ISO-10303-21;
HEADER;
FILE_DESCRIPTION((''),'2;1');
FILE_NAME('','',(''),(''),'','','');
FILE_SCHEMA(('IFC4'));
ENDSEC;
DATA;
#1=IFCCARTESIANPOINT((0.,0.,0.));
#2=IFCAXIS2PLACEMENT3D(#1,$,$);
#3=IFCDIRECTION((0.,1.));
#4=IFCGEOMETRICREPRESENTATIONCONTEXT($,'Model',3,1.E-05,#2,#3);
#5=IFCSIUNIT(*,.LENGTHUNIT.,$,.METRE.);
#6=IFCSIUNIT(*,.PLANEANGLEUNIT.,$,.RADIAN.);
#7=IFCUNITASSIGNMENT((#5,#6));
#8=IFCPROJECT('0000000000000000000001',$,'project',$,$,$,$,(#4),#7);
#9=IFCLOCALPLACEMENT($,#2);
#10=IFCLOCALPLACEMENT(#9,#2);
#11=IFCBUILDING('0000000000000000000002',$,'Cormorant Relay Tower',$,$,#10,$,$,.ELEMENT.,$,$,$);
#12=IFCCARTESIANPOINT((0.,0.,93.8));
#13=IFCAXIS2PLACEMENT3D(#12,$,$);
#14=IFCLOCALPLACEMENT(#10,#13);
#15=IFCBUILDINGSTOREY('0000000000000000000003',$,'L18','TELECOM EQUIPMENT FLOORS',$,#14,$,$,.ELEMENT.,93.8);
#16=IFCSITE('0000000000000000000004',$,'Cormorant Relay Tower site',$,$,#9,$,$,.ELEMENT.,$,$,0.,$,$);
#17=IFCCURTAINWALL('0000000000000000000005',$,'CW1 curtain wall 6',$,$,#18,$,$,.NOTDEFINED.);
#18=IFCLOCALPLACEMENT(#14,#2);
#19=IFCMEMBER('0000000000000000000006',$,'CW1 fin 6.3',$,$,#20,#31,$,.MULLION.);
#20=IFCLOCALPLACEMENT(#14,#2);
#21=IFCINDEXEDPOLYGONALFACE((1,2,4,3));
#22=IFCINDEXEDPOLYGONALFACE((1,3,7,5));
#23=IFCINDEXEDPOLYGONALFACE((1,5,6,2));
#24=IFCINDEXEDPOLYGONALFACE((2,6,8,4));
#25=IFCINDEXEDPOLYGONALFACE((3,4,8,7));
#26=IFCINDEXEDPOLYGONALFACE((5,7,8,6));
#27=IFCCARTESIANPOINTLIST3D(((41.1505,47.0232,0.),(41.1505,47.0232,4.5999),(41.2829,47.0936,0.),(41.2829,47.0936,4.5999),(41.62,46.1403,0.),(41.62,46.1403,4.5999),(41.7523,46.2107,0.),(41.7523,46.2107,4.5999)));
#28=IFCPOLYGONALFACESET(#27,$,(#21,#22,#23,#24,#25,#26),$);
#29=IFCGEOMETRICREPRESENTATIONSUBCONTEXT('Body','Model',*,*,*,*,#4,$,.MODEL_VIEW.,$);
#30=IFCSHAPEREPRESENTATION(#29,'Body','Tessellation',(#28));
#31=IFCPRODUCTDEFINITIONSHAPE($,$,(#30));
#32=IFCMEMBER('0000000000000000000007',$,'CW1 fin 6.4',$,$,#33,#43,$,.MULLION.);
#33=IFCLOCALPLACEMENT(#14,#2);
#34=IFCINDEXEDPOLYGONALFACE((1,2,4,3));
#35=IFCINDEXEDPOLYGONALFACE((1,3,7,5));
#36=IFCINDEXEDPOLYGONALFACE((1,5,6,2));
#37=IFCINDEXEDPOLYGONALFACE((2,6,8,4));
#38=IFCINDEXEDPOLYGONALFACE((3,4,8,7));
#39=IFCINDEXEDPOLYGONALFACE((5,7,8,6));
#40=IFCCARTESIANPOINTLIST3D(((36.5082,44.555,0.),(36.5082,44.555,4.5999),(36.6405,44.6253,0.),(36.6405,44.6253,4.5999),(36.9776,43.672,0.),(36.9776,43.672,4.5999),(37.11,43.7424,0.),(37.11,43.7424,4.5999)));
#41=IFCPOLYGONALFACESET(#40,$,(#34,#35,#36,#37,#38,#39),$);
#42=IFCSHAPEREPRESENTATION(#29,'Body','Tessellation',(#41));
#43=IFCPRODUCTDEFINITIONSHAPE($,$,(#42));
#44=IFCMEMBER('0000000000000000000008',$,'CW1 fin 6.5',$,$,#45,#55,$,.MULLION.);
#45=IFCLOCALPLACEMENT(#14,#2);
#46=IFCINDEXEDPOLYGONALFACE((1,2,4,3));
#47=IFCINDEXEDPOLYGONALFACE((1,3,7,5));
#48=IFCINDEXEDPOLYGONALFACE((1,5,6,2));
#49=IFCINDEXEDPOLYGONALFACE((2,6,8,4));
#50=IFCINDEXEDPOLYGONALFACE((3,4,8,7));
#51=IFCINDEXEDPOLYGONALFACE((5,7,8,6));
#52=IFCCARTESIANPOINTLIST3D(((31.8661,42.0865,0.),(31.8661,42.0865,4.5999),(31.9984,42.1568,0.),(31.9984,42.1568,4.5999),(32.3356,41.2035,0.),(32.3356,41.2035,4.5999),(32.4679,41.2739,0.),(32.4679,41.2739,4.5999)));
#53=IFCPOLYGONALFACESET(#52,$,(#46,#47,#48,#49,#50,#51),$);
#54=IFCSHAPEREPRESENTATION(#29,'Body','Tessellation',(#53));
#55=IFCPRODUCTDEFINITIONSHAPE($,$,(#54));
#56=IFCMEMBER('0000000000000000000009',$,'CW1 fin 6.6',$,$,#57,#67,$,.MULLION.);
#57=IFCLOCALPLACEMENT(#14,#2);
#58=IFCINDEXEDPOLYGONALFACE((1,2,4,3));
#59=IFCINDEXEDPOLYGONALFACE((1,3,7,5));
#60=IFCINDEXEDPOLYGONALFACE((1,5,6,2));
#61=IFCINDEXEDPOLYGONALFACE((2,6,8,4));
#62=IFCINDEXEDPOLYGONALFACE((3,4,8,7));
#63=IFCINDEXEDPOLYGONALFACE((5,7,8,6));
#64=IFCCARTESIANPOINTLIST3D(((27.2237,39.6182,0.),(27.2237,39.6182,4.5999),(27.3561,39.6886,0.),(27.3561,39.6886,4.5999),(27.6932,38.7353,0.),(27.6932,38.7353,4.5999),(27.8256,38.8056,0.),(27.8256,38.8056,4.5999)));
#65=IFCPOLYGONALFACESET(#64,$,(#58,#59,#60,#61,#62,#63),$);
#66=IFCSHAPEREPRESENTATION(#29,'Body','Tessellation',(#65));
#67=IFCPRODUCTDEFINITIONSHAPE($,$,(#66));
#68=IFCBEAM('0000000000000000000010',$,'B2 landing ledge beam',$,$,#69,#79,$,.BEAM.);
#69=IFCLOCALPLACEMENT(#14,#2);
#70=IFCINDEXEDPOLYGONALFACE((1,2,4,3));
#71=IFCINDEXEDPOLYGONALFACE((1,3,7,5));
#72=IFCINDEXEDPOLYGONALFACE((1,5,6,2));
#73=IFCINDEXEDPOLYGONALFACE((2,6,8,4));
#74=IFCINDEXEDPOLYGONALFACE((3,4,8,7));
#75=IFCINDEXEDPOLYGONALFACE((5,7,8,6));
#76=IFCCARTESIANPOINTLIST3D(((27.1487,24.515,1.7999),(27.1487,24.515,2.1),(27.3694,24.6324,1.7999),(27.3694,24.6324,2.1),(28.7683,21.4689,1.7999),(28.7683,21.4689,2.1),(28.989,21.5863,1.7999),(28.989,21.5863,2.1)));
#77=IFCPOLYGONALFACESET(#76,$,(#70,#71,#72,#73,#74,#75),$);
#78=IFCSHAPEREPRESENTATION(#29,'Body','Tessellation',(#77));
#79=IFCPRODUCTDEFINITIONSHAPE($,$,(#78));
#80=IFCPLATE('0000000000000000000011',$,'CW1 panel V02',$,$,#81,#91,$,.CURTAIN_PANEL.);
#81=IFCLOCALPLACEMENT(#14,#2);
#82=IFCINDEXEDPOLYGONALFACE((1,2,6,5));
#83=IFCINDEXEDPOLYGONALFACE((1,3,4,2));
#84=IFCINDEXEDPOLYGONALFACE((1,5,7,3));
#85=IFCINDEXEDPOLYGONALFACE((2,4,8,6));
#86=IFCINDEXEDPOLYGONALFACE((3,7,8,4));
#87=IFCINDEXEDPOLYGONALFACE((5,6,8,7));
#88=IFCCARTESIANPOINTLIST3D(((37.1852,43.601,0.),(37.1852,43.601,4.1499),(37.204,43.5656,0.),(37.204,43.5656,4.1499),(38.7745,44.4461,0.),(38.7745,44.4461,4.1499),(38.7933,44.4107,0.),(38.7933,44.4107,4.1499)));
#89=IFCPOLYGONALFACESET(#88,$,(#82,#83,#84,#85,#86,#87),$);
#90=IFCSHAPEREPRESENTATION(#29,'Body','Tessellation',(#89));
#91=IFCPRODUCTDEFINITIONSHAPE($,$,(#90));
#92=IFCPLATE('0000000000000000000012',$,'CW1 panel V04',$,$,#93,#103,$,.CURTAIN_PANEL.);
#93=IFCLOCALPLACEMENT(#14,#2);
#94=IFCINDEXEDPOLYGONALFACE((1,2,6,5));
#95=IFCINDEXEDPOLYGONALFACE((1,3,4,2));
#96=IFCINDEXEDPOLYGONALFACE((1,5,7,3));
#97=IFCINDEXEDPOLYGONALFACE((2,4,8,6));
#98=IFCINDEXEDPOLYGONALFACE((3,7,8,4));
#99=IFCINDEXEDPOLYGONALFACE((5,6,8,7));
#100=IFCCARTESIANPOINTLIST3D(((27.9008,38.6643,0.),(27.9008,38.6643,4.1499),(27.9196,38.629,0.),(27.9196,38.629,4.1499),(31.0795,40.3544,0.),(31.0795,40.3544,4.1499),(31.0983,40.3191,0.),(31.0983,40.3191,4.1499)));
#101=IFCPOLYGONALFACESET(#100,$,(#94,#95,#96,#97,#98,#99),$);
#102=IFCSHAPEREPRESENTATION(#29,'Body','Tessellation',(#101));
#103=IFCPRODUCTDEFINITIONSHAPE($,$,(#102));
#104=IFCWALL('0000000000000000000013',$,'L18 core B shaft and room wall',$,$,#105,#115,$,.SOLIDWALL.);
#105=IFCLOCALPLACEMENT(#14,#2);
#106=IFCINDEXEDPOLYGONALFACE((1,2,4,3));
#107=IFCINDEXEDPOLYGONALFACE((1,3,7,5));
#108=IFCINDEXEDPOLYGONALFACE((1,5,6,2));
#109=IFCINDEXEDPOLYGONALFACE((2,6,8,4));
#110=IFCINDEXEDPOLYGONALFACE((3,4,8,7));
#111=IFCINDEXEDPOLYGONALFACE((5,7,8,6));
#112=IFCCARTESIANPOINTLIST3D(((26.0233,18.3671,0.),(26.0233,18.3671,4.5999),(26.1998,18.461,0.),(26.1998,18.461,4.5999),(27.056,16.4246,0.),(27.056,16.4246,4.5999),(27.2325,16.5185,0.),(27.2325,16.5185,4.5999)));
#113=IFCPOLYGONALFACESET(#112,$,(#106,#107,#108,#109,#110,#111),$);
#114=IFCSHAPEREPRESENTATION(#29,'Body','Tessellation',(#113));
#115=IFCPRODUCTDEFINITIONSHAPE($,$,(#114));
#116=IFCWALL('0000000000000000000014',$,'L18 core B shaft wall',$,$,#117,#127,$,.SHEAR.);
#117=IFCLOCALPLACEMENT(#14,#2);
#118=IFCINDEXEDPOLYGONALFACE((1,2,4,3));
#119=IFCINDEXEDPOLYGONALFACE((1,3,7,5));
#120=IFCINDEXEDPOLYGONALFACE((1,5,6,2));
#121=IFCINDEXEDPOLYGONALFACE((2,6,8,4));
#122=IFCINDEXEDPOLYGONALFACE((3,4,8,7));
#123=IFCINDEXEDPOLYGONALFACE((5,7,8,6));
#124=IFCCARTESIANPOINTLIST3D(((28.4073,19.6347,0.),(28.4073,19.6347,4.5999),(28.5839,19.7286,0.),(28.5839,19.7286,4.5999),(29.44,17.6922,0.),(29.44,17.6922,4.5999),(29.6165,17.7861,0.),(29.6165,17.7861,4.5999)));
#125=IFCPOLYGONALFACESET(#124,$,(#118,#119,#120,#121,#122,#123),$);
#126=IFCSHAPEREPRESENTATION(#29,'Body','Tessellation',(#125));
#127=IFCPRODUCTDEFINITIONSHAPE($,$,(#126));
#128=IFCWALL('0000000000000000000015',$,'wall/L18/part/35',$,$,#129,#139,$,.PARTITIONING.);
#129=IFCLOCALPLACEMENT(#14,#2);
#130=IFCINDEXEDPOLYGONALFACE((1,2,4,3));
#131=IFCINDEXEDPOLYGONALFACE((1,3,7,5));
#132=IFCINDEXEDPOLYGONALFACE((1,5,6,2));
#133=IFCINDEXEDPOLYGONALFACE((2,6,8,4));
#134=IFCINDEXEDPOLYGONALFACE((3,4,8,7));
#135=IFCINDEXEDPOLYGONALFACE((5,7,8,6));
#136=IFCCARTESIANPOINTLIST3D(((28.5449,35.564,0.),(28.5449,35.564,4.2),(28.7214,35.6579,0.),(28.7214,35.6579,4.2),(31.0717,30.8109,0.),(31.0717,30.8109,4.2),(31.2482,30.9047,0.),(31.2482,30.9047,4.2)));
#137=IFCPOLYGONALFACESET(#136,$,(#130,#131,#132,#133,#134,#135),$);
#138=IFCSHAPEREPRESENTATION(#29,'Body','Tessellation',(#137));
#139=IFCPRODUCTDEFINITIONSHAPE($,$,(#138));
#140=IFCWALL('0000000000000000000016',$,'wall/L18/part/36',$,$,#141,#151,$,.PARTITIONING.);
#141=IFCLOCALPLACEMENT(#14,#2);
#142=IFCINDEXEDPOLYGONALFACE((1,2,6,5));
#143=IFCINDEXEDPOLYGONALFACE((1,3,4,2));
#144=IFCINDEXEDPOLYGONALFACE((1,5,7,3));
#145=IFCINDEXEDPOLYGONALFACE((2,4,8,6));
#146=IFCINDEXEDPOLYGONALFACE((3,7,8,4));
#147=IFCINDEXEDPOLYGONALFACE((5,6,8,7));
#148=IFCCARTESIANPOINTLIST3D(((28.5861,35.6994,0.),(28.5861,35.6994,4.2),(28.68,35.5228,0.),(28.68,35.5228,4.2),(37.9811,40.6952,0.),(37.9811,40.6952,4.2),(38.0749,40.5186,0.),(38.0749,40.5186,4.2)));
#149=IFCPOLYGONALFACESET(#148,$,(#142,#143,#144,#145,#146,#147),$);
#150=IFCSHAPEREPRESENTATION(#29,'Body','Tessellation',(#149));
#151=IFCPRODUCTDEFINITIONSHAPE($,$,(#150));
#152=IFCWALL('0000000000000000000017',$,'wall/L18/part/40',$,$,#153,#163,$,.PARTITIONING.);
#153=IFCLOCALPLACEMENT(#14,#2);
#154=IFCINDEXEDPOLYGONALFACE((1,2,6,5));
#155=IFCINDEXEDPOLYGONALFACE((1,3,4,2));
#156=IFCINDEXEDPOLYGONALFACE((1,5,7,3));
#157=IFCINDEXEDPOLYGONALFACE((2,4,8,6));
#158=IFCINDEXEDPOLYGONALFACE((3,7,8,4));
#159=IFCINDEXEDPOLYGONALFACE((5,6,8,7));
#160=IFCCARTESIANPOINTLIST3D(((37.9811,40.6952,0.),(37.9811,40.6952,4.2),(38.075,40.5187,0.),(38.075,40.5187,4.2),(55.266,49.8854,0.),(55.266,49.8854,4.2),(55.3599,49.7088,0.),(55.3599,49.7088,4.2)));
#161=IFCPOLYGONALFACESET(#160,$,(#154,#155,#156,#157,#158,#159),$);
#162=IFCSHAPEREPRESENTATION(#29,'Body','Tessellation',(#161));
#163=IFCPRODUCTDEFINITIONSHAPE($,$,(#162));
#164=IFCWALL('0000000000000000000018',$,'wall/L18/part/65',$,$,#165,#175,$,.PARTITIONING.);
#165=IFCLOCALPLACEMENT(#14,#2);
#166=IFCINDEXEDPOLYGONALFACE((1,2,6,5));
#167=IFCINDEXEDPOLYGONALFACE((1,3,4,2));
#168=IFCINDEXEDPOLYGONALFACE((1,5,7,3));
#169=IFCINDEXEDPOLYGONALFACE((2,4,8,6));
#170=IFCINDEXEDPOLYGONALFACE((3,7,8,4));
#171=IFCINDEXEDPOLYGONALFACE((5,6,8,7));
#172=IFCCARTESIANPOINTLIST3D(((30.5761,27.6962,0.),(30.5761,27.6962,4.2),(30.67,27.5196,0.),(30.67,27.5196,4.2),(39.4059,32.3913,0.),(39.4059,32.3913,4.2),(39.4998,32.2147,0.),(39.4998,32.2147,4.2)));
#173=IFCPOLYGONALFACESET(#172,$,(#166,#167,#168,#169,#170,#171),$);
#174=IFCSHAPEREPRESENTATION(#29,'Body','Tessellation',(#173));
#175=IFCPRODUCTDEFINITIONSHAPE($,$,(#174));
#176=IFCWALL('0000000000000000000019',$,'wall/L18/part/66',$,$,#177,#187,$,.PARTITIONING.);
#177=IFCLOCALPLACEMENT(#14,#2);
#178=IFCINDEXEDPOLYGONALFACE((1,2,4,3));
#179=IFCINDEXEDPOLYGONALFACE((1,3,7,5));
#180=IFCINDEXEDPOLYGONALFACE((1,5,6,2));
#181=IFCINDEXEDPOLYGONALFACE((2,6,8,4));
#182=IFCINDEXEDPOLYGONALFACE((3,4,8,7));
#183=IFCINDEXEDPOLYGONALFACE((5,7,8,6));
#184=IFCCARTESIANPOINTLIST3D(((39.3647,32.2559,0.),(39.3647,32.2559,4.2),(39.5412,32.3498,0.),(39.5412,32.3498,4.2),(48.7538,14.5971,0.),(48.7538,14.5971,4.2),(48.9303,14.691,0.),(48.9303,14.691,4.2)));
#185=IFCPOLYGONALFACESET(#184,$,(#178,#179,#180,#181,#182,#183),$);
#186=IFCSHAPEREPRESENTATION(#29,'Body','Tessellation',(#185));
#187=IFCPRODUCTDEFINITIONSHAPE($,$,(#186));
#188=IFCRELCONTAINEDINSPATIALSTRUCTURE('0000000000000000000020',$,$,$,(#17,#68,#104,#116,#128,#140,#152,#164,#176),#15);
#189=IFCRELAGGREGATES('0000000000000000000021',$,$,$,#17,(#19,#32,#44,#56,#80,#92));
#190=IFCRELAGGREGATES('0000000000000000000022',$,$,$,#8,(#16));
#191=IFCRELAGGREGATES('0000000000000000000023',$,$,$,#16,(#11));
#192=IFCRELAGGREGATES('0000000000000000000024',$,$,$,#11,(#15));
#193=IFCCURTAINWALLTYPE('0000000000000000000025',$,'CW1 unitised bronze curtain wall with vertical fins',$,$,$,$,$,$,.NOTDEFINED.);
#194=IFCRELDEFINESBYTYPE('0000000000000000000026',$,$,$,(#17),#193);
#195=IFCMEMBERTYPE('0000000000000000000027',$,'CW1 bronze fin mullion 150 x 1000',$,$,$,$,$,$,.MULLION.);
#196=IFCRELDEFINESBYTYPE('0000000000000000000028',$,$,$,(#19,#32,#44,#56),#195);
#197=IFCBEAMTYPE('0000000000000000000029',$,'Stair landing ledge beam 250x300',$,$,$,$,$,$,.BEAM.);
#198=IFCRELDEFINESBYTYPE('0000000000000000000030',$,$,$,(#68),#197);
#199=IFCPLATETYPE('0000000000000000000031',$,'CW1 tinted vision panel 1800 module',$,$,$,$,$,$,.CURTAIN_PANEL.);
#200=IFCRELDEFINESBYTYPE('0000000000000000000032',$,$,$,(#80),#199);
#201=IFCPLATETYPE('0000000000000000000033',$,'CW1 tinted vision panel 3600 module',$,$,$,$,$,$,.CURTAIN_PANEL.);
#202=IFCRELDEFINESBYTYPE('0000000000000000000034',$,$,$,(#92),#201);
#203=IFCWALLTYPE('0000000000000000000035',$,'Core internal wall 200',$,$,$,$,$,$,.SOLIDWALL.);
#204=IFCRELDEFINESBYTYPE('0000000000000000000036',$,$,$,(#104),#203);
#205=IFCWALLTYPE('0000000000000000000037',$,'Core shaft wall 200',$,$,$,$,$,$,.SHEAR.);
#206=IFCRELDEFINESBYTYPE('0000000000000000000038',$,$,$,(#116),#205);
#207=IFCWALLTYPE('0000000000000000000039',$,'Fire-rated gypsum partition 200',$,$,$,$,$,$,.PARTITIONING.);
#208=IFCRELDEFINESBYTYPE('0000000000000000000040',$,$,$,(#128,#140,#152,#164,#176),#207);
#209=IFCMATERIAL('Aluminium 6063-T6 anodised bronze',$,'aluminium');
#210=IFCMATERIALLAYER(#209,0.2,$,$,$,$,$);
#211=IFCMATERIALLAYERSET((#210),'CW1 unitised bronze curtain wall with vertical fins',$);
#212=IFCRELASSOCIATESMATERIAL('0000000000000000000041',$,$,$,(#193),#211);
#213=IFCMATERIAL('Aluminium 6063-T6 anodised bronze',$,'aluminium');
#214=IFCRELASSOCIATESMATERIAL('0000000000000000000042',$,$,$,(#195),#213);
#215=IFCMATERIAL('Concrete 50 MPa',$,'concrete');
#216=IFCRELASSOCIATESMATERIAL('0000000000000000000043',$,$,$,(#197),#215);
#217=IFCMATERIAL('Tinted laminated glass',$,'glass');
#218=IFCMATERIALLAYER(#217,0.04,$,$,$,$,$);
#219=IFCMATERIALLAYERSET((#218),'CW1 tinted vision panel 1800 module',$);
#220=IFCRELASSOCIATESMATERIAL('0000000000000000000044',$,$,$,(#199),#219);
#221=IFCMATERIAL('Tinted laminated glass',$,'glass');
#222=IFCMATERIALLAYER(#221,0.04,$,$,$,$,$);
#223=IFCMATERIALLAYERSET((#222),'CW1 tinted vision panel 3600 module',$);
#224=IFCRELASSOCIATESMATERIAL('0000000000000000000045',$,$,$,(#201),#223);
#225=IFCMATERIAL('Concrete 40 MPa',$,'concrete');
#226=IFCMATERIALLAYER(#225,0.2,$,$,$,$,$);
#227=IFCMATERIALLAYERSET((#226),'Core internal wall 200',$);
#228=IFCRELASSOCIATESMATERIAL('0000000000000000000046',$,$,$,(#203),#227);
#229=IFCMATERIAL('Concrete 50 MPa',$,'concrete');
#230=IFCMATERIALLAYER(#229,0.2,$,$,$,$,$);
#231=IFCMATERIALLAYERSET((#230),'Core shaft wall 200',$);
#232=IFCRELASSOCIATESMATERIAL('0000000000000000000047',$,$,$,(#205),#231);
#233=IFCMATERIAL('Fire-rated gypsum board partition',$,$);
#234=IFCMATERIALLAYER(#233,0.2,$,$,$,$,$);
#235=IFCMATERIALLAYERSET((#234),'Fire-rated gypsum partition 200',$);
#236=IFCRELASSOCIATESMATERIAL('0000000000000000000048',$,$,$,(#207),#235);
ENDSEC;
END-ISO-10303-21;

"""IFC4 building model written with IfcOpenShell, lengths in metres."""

from ifc_helpers import new_model, si_unit, direction, frame, frame_2d, origin, origin_2d, place, context, subcontext, project, spatial, rectangle, extrude, material, layer, layer_set, material_profile, profile_set, type_object, element, aggregate, save


model = new_model("IFC4")

# Units and contexts
model_context = context("Model", 3, precision=1e-05, world=origin(), true_north=direction((0.0, 1.0)))
body_context = subcontext(model_context, "Body", "Model", "MODEL_VIEW")
ifc_project = project(units=[si_unit("LENGTHUNIT", "METRE"), si_unit("PLANEANGLEUNIT", "RADIAN")], contexts=[model_context])

# Site, building, storey
site_placement = place(None, origin())
site = spatial("IfcSite", under=ifc_project, at=site_placement, Name="Cormorant Relay Tower site", CompositionType="ELEMENT", RefElevation=0.0)
building_placement = place(site_placement, origin())
building = spatial("IfcBuilding", under=site, at=building_placement, Name="Cormorant Relay Tower", CompositionType="ELEMENT")
storey_placement = place(building_placement, frame((0.0, 0.0, 93.8)))
storey = spatial("IfcBuildingStorey", under=building, at=storey_placement, Name="L18", Description="TELECOM EQUIPMENT FLOORS", CompositionType="ELEMENT", Elevation=93.8)

# Curtain wall, members
ifc_material_1 = material(Name="Aluminium 6063-T6 anodised bronze", Category="aluminium")
ifc_layer_1 = layer(ifc_material_1, 0.2)
ifc_layer_set_1 = layer_set([ifc_layer_1], Name="CW1 unitised bronze curtain wall with vertical fins")
curtain_wall_type = type_object("IfcCurtainWallType", Name="CW1 unitised bronze curtain wall with vertical fins", PredefinedType="NOTDEFINED", material=ifc_layer_set_1)
curtain_wall_placement = place(storey_placement, origin())
curtain_wall = element("IfcCurtainWall", 1, at=curtain_wall_placement, inside=storey, type_object=curtain_wall_type, Name="CW1 curtain wall 6", PredefinedType="NOTDEFINED")
ifc_material_2 = material(Name="Aluminium 6063-T6 anodised bronze", Category="aluminium")
ifc_material_profile_1 = material_profile(ifc_material_2, rectangle(XDim=0.1499, YDim=1.0, at=origin_2d()), Name="AL 150x1000")
ifc_profile_set_1 = profile_set([ifc_material_profile_1], Name="Aluminium 6063-T6 anodised bronze")
member_type = type_object("IfcMemberType", Name="CW1 bronze fin mullion 150 x 1000", PredefinedType="MULLION", material=ifc_profile_set_1)
member_1_placement = place(storey_placement, frame((41.4514, 46.6169, 0.0), z_axis=(0.0, 0.0, 1.0), x_axis=(-0.882948, -0.469472, 0.0)))
member_1 = element("IfcMember", 2, at=member_1_placement, type_object=member_type, Name="CW1 fin 6.3", PredefinedType="MULLION", context=body_context, shape_type="SweptSolid", body=[
    extrude(rectangle(XDim=0.1499, YDim=1.0, at=origin_2d()), origin(), (0.0, 0.0, 1.0), 4.5999),
])
member_2_placement = place(storey_placement, frame((36.8091, 44.1487, 0.0), z_axis=(0.0, 0.0, 1.0), x_axis=(-0.882948, -0.469472, 0.0)))
member_2 = element("IfcMember", 3, at=member_2_placement, type_object=member_type, Name="CW1 fin 6.4", PredefinedType="MULLION", context=body_context, shape_type="SweptSolid", body=[
    extrude(rectangle(XDim=0.1499, YDim=1.0, at=origin_2d()), origin(), (0.0, 0.0, 1.0), 4.5999),
])
member_3_placement = place(storey_placement, frame((32.167, 41.6802, 0.0), z_axis=(0.0, 0.0, 1.0), x_axis=(-0.882948, -0.469472, 0.0)))
member_3 = element("IfcMember", 4, at=member_3_placement, type_object=member_type, Name="CW1 fin 6.5", PredefinedType="MULLION", context=body_context, shape_type="SweptSolid", body=[
    extrude(rectangle(XDim=0.1499, YDim=1.0, at=origin_2d()), origin(), (0.0, 0.0, 1.0), 4.5999),
])
member_4_placement = place(storey_placement, frame((27.5247, 39.2119, 0.0), z_axis=(0.0, 0.0, 1.0), x_axis=(-0.882948, -0.469472, 0.0)))
member_4 = element("IfcMember", 5, at=member_4_placement, type_object=member_type, Name="CW1 fin 6.6", PredefinedType="MULLION", context=body_context, shape_type="SweptSolid", body=[
    extrude(rectangle(XDim=0.1499, YDim=1.0, at=origin_2d()), origin(), (0.0, 0.0, 1.0), 4.5999),
])

# Beam
ifc_material_3 = material(Name="Concrete 50 MPa", Category="concrete")
ifc_material_profile_2 = material_profile(ifc_material_3, rectangle(XDim=0.25, YDim=0.3, at=origin_2d()), Name="RC 250x300")
ifc_profile_set_2 = profile_set([ifc_material_profile_2], Name="Concrete 50 MPa")
beam_type = type_object("IfcBeamType", Name="Stair landing ledge beam 250x300", PredefinedType="BEAM", material=ifc_profile_set_2)
beam_placement = place(storey_placement, frame((28.8787, 21.5276, 1.95), z_axis=(-0.469464, 0.882952, 0.0), x_axis=(-0.882952, -0.469464, 0.0)))
element("IfcBeam", 6, at=beam_placement, inside=storey, type_object=beam_type, Name="B2 landing ledge beam", PredefinedType="BEAM", context=body_context, shape_type="SweptSolid", body=[
    extrude(rectangle(XDim=0.25, YDim=0.3, at=origin_2d()), origin(), (0.0, 0.0, 1.0), 3.45),
])

# Plates
ifc_material_4 = material(Name="Tinted laminated glass", Category="glass")
ifc_layer_2 = layer(ifc_material_4, 0.04)
ifc_layer_set_2 = layer_set([ifc_layer_2], Name="CW1 tinted vision panel 1800 module")
plate_type_1 = type_object("IfcPlateType", Name="CW1 tinted vision panel 1800 module", PredefinedType="CURTAIN_PANEL", material=ifc_layer_set_2)
plate_1_placement = place(storey_placement, frame((37.9893, 44.0059, 0.0), z_axis=(0.0, 0.0, 1.0), x_axis=(-0.882948, -0.469472, 0.0)))
plate_1 = element("IfcPlate", 7, at=plate_1_placement, type_object=plate_type_1, Name="CW1 panel V02", PredefinedType="CURTAIN_PANEL", context=body_context, shape_type="SweptSolid", body=[
    extrude(rectangle(XDim=1.8, YDim=0.04, at=origin_2d()), origin(), (0.0, 0.0, 1.0), 4.1499),
])
ifc_material_5 = material(Name="Tinted laminated glass", Category="glass")
ifc_layer_3 = layer(ifc_material_5, 0.04)
ifc_layer_set_3 = layer_set([ifc_layer_3], Name="CW1 tinted vision panel 3600 module")
plate_type_2 = type_object("IfcPlateType", Name="CW1 tinted vision panel 3600 module", PredefinedType="CURTAIN_PANEL", material=ifc_layer_set_3)
plate_2_placement = place(storey_placement, frame((29.4995, 39.4917, 0.0), z_axis=(0.0, 0.0, 1.0), x_axis=(-0.882948, -0.469472, 0.0)))
plate_2 = element("IfcPlate", 8, at=plate_2_placement, type_object=plate_type_2, Name="CW1 panel V04", PredefinedType="CURTAIN_PANEL", context=body_context, shape_type="SweptSolid", body=[
    extrude(rectangle(XDim=3.6001, YDim=0.04, at=origin_2d()), origin(), (0.0, 0.0, 1.0), 4.1499),
])

# Walls
ifc_material_6 = material(Name="Concrete 40 MPa", Category="concrete")
ifc_layer_4 = layer(ifc_material_6, 0.2)
ifc_layer_set_4 = layer_set([ifc_layer_4], Name="Core internal wall 200")
wall_type_1 = type_object("IfcWallType", Name="Core internal wall 200", PredefinedType="SOLIDWALL", material=ifc_layer_set_4)
wall_1_placement = place(storey_placement, frame((27.1443, 16.4714, 0.0), z_axis=(0.0, 0.0, 1.0), x_axis=(-0.469401, 0.882985, 0.0)))
element("IfcWall", 9, at=wall_1_placement, inside=storey, type_object=wall_type_1, Name="L18 core B shaft and room wall", PredefinedType="SOLIDWALL", context=body_context, shape_type="SweptSolid", body=[
    extrude(rectangle(XDim=2.2, YDim=0.2, at=frame_2d((1.1001, 0.0))), origin(), (0.0, 0.0, 1.0), 4.5999),
])
ifc_material_7 = material(Name="Concrete 50 MPa", Category="concrete")
ifc_layer_5 = layer(ifc_material_7, 0.2)
ifc_layer_set_5 = layer_set([ifc_layer_5], Name="Core shaft wall 200")
wall_type_2 = type_object("IfcWallType", Name="Core shaft wall 200", PredefinedType="SHEAR", material=ifc_layer_set_5)
wall_2_placement = place(storey_placement, frame((29.5283, 17.739, 0.0), z_axis=(0.0, 0.0, 1.0), x_axis=(-0.469401, 0.882985, 0.0)))
element("IfcWall", 10, at=wall_2_placement, inside=storey, type_object=wall_type_2, Name="L18 core B shaft wall", PredefinedType="SHEAR", context=body_context, shape_type="SweptSolid", body=[
    extrude(rectangle(XDim=2.2, YDim=0.2, at=frame_2d((1.1001, 0.0))), origin(), (0.0, 0.0, 1.0), 4.5999),
])
ifc_material_8 = material(Name="Fire-rated gypsum board partition")
ifc_layer_6 = layer(ifc_material_8, 0.2)
ifc_layer_set_6 = layer_set([ifc_layer_6], Name="Fire-rated gypsum partition 200")
wall_type_3 = type_object("IfcWallType", Name="Fire-rated gypsum partition 200", PredefinedType="PARTITIONING", material=ifc_layer_set_6)
wall_3_placement = place(storey_placement, frame((31.1599, 30.8579, 0.0), z_axis=(0.0, 0.0, 1.0), x_axis=(-0.469406, 0.882982, 0.0)))
element("IfcWall", 11, at=wall_3_placement, inside=storey, type_object=wall_type_3, Name="wall/L18/part/35", PredefinedType="PARTITIONING", context=body_context, shape_type="SweptSolid", body=[
    extrude(rectangle(XDim=5.3831, YDim=0.2, at=frame_2d((2.6914, 0.0))), origin(), (0.0, 0.0, 1.0), 4.2),
])
wall_4_placement = place(storey_placement, frame((28.6331, 35.6111, 0.0), z_axis=(0.0, 0.0, 1.0), x_axis=(0.882931, 0.469503, 0.0)))
element("IfcWall", 12, at=wall_4_placement, inside=storey, type_object=wall_type_3, Name="wall/L18/part/36", PredefinedType="PARTITIONING", context=body_context, shape_type="SweptSolid", body=[
    extrude(rectangle(XDim=10.6406, YDim=0.2, at=frame_2d((5.3203, 0.0))), origin(), (0.0, 0.0, 1.0), 4.2),
])
wall_5_placement = place(storey_placement, frame((38.0281, 40.6069, 0.0), z_axis=(0.0, 0.0, 1.0), x_axis=(0.882955, 0.469457, 0.0)))
element("IfcWall", 13, at=wall_5_placement, inside=storey, type_object=wall_type_3, Name="wall/L18/part/40", PredefinedType="PARTITIONING", context=body_context, shape_type="SweptSolid", body=[
    extrude(rectangle(XDim=19.5762, YDim=0.2, at=frame_2d((9.7881, 0.0))), origin(), (0.0, 0.0, 1.0), 4.2),
])
wall_6_placement = place(storey_placement, frame((30.623, 27.6079, 0.0), z_axis=(0.0, 0.0, 1.0), x_axis=(0.882941, 0.469484, 0.0)))
element("IfcWall", 14, at=wall_6_placement, inside=storey, type_object=wall_type_3, Name="wall/L18/part/65", PredefinedType="PARTITIONING", context=body_context, shape_type="SweptSolid", body=[
    extrude(rectangle(XDim=10.0005, YDim=0.2, at=frame_2d((5.0002, 0.0))), origin(), (0.0, 0.0, 1.0), 4.2),
])
wall_7_placement = place(storey_placement, frame((39.4529, 32.303, 0.0), z_axis=(0.0, 0.0, 1.0), x_axis=(0.469461, -0.882953, 0.0)))
element("IfcWall", 15, at=wall_7_placement, inside=storey, type_object=wall_type_3, Name="wall/L18/part/66", PredefinedType="PARTITIONING", context=body_context, shape_type="SweptSolid", body=[
    extrude(rectangle(XDim=19.9998, YDim=0.2, at=frame_2d((10.0, 0.0))), origin(), (0.0, 0.0, 1.0), 4.2),
])

aggregate(curtain_wall, [member_1, member_2, member_3, member_4, plate_1, plate_2])

save(model, "model.ifc")
